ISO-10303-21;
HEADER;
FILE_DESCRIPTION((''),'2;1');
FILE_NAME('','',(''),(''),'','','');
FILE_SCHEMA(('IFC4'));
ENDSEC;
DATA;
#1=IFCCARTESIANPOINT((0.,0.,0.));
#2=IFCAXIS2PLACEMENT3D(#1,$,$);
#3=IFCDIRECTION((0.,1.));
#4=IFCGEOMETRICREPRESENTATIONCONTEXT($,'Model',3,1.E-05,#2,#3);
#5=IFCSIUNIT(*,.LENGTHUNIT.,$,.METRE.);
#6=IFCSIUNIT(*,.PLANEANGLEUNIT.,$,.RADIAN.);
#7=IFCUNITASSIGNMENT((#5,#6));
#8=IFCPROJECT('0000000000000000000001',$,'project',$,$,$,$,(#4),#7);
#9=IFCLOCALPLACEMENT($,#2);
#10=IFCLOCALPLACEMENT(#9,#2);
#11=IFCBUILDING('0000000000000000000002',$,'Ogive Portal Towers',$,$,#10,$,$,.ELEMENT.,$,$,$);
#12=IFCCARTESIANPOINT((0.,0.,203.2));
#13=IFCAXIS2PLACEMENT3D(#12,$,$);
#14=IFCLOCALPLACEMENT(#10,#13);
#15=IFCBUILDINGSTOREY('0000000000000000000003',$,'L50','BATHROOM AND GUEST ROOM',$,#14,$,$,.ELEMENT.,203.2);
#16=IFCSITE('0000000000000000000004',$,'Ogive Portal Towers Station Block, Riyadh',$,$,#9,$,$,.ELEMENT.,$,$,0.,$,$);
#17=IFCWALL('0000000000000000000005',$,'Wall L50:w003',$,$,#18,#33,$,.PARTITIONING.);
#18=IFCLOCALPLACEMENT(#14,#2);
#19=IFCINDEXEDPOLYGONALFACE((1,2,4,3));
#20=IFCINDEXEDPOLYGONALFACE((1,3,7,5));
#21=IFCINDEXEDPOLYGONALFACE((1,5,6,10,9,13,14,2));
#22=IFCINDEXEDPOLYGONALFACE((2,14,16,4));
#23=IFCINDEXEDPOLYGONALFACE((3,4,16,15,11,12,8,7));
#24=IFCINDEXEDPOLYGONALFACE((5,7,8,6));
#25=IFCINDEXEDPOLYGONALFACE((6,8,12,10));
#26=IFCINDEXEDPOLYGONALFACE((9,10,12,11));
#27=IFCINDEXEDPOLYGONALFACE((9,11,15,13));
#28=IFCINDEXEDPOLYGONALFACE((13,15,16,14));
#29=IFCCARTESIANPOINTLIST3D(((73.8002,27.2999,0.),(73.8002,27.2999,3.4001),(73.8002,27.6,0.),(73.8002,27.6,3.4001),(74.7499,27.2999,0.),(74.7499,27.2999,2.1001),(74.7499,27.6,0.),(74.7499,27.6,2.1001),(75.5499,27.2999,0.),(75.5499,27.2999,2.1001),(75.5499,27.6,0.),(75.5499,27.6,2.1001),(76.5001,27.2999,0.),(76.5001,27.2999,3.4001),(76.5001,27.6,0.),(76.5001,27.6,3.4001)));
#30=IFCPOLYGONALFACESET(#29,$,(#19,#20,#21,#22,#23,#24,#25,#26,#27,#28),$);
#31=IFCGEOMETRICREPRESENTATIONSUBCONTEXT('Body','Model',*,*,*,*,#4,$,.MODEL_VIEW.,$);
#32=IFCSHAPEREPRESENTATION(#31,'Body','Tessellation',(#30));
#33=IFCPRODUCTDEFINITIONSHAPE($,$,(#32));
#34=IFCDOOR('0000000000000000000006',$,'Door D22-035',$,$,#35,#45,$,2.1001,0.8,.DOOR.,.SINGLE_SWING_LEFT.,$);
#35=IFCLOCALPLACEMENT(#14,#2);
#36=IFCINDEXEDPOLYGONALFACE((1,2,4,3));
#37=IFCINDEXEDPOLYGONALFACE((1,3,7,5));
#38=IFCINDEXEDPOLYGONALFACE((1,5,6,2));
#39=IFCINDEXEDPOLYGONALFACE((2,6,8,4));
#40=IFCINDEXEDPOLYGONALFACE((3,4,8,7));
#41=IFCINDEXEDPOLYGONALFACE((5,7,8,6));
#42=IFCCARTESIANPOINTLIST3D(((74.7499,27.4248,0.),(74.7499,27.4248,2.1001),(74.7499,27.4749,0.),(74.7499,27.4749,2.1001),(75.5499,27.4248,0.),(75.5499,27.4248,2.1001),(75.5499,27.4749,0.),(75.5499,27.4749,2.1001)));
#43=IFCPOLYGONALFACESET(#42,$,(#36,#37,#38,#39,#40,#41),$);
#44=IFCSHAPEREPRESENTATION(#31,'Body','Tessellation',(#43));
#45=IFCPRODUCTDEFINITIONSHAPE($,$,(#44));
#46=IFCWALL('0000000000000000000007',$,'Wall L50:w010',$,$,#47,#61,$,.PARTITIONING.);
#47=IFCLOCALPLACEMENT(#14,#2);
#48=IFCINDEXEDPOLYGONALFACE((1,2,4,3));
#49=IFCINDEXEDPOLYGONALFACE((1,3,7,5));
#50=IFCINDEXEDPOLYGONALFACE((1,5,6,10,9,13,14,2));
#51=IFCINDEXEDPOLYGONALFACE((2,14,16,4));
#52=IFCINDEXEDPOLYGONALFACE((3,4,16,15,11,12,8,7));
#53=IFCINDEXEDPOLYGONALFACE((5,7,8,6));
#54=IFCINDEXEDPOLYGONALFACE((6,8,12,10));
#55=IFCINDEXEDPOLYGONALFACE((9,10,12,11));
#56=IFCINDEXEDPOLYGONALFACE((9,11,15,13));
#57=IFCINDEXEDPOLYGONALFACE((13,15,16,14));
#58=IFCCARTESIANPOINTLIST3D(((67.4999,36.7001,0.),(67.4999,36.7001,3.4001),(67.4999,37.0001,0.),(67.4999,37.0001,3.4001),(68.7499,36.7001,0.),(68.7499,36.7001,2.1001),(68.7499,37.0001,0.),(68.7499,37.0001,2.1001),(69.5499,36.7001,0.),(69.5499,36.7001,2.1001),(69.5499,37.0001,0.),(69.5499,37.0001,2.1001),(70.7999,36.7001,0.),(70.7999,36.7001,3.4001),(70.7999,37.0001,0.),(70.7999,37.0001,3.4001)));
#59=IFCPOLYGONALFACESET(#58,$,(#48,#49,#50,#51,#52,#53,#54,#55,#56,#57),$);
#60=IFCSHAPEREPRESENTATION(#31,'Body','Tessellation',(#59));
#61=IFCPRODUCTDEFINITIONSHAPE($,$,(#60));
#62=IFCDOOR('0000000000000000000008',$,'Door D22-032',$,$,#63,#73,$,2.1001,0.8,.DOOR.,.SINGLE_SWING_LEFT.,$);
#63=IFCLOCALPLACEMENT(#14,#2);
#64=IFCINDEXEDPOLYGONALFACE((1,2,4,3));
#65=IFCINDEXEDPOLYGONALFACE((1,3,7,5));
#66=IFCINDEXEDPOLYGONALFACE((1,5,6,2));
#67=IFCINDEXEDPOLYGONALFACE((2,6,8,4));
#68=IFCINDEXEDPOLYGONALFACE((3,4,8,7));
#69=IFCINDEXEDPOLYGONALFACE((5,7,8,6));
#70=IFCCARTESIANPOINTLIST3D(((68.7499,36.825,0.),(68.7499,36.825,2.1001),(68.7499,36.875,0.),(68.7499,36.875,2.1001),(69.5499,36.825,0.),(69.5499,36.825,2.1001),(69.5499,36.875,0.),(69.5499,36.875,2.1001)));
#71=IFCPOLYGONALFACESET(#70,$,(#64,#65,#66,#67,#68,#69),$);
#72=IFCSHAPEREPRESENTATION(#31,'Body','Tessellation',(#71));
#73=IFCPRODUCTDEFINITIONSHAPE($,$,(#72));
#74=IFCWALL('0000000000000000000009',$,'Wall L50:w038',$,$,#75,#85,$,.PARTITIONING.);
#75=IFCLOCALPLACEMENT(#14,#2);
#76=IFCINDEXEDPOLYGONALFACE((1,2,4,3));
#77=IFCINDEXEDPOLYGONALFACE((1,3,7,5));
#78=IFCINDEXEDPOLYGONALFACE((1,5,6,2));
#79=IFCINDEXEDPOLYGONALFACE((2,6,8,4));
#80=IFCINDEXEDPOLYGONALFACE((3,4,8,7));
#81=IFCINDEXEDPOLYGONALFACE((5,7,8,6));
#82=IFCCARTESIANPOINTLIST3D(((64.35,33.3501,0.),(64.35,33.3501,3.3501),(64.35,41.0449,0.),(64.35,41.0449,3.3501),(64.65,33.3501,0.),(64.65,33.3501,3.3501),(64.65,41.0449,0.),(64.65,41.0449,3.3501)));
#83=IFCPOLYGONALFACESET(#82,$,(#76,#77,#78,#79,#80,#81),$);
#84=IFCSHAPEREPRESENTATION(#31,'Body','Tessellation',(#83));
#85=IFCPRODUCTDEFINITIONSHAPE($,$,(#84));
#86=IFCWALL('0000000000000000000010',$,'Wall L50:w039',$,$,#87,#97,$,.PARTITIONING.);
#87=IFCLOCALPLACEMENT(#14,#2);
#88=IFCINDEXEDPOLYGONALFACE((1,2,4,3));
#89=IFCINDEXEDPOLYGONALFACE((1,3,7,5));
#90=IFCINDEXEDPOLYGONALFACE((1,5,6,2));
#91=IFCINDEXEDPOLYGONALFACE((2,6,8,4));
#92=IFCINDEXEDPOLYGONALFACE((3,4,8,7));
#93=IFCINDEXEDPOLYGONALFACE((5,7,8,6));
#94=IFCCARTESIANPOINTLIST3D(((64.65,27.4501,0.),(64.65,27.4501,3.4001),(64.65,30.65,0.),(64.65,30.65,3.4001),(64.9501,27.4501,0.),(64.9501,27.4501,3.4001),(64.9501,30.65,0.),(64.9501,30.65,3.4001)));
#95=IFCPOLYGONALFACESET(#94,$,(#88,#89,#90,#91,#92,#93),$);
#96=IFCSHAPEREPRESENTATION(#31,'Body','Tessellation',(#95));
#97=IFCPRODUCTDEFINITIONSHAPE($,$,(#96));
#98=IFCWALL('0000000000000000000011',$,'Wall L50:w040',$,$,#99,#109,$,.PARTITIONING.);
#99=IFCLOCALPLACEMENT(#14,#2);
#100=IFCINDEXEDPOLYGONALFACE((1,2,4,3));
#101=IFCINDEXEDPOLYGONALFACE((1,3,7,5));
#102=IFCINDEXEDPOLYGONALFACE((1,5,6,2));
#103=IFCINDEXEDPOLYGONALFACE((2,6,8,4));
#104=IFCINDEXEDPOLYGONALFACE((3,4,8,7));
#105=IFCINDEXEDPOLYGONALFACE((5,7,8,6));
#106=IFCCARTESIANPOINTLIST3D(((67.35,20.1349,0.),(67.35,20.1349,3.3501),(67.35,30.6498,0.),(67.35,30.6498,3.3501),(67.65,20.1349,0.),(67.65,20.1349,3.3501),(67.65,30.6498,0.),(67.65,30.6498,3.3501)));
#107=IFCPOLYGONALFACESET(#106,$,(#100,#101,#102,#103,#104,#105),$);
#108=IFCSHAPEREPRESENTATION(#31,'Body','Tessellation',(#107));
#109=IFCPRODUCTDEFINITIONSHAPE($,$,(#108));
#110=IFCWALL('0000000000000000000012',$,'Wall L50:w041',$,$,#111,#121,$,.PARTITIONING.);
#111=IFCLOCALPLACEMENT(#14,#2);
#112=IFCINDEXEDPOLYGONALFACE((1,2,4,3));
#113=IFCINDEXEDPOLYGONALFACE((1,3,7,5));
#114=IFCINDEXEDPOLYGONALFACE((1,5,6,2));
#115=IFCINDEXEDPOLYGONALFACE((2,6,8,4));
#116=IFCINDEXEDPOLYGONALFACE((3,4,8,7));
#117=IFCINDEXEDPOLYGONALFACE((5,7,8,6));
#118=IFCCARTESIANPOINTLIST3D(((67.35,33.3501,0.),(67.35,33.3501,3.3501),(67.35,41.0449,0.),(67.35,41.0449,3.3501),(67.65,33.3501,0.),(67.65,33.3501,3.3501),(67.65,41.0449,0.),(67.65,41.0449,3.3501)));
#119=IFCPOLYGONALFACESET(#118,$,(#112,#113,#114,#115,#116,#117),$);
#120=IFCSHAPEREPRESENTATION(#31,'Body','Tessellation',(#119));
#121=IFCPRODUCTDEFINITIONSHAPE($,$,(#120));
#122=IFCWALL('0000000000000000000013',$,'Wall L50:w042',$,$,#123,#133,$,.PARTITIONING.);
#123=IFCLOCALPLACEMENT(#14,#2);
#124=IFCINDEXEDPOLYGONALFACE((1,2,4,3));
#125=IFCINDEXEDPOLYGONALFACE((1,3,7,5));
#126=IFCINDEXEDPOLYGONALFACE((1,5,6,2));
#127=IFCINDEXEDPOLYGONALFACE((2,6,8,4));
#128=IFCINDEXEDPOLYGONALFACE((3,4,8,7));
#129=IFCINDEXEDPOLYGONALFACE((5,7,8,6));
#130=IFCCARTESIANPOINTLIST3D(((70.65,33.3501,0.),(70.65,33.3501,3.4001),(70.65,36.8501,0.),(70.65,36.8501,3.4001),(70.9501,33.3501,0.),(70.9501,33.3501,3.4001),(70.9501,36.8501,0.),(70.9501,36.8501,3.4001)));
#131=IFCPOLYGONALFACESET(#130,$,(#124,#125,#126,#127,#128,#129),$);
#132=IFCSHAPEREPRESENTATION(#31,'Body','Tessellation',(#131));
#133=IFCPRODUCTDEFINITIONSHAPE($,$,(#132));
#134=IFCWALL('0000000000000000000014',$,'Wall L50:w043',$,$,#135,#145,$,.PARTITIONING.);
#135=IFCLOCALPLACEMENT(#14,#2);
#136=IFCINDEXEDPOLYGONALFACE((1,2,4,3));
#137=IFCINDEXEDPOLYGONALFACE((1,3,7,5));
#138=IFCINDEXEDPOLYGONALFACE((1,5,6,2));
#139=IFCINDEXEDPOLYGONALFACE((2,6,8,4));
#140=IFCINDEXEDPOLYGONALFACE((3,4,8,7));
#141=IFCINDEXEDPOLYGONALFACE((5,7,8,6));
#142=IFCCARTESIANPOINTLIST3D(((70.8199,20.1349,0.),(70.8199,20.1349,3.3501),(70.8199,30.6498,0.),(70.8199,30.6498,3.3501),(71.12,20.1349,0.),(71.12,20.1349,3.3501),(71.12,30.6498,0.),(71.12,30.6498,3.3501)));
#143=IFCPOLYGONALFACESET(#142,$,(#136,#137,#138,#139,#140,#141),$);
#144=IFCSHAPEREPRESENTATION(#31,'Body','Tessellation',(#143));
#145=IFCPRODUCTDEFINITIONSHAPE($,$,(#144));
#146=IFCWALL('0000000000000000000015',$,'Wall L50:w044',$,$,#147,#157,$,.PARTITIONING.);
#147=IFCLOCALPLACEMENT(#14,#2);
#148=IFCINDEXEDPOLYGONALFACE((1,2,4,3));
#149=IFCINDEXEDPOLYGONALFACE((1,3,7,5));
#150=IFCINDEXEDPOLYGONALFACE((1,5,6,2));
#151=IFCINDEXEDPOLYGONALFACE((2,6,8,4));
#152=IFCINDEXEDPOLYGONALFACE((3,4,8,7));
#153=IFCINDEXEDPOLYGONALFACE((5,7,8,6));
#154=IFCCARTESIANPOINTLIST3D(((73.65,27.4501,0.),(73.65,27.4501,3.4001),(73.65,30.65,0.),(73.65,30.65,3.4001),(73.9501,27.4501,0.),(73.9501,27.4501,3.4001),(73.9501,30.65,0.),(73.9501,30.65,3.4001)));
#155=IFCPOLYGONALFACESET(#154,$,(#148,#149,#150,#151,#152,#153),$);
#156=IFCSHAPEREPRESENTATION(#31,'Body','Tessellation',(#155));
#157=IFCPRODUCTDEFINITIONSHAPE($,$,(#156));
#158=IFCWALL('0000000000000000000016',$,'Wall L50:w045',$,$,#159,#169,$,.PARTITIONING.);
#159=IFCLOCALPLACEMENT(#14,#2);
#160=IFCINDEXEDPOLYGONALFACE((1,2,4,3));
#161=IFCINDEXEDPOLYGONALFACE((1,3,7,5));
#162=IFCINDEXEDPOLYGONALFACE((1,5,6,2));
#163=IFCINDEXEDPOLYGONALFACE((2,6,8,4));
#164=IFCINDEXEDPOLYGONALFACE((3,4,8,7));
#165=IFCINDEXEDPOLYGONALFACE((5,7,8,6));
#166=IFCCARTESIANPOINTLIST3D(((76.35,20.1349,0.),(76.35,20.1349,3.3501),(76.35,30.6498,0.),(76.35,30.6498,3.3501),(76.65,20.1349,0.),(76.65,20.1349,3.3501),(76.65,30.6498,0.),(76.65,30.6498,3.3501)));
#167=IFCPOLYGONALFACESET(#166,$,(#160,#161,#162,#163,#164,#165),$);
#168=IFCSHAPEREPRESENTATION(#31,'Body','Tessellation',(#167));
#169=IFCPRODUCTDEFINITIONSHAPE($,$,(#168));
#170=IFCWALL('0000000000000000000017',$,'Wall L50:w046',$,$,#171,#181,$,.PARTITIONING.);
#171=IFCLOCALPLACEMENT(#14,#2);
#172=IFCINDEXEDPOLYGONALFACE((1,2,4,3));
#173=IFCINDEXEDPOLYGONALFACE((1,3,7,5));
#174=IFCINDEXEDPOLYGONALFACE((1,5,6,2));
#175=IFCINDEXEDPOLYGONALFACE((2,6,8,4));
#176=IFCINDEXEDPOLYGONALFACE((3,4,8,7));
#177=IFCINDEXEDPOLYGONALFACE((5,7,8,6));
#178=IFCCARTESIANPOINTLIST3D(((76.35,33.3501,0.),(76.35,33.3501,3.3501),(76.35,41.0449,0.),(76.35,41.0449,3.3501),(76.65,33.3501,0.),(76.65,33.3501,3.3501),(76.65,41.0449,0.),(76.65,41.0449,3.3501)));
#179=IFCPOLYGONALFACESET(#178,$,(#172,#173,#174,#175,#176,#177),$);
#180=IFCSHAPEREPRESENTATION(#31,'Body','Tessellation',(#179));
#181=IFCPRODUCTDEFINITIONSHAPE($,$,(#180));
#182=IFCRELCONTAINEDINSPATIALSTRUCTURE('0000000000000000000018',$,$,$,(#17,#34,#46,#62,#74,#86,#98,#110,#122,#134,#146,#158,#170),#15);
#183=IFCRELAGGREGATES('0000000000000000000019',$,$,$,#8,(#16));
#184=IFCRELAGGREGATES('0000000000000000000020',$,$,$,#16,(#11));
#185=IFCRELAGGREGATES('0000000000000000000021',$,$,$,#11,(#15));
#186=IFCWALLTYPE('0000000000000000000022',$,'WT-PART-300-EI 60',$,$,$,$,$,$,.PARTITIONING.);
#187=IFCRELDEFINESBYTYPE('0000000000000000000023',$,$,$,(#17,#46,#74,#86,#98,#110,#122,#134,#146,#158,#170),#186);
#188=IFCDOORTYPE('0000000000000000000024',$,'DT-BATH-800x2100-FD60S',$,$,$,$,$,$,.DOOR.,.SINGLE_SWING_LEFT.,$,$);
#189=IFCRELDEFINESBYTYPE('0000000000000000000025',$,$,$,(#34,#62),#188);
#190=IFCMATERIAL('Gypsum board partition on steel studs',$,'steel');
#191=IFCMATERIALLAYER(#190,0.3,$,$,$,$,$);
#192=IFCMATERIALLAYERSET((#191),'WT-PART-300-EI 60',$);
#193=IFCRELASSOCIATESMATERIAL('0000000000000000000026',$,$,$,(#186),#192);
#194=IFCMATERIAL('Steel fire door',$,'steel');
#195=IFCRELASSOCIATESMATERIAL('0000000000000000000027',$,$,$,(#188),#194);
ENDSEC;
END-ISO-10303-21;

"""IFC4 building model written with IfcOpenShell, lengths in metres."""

from ifc_helpers import new_model, si_unit, direction, frame, frame_2d, origin, place, context, subcontext, project, spatial, rectangle, extrude, material, layer, layer_set, type_object, element, fill, save


model = new_model("IFC4")

# Units and contexts
model_context = context("Model", 3, precision=1e-05, world=origin(), true_north=direction((0.0, 1.0)))
body_context = subcontext(model_context, "Body", "Model", "MODEL_VIEW")
ifc_project = project(units=[si_unit("LENGTHUNIT", "METRE"), si_unit("PLANEANGLEUNIT", "RADIAN")], contexts=[model_context])

# Site, building, storey
site_placement = place(None, origin())
site = spatial("IfcSite", under=ifc_project, at=site_placement, Name="Ogive Portal Towers Station Block, Riyadh", CompositionType="ELEMENT", RefElevation=0.0)
building_placement = place(site_placement, origin())
building = spatial("IfcBuilding", under=site, at=building_placement, Name="Ogive Portal Towers", CompositionType="ELEMENT")
storey_placement = place(building_placement, frame((0.0, 0.0, 203.2)))
storey = spatial("IfcBuildingStorey", under=building, at=storey_placement, Name="L50", Description="BATHROOM AND GUEST ROOM", CompositionType="ELEMENT", Elevation=203.2)

# Walls, openings, doors
ifc_material_1 = material(Name="Gypsum board partition on steel studs", Category="steel")
ifc_layer_1 = layer(ifc_material_1, 0.3)
ifc_layer_set_1 = layer_set([ifc_layer_1], Name="WT-PART-300-EI 60")
wall_type = type_object("IfcWallType", Name="WT-PART-300-EI 60", PredefinedType="PARTITIONING", material=ifc_layer_set_1)
ifc_material_2 = material(Name="Steel fire door", Category="steel")
door_type = type_object("IfcDoorType", Name="DT-BATH-800x2100-FD60S", OperationType="SINGLE_SWING_LEFT", PredefinedType="DOOR", material=ifc_material_2)
wall_1_placement = place(storey_placement, frame((73.8, 27.45, 0.0), z_axis=(0.0, 0.0, 1.0), x_axis=(1.0, 0.0, 0.0)))
wall_1 = element("IfcWall", 1, at=wall_1_placement, inside=storey, type_object=wall_type, Name="Wall L50:w003", PredefinedType="PARTITIONING", context=body_context, shape_type="SweptSolid", body=[
    extrude(rectangle(XDim=2.7, YDim=0.3, at=frame_2d((1.3501, 0.0))), origin(), (0.0, 0.0, 1.0), 3.4001),
])
opening_1_placement = place(wall_1_placement, frame((0.95, 0.0, 0.0)))
opening_1 = element("IfcOpeningElement", 2, at=opening_1_placement, cuts=wall_1, PredefinedType="OPENING", context=body_context, shape_type="SweptSolid", body=[
    extrude(rectangle(XDim=0.8, YDim=2.1001, at=frame_2d((0.3999, 1.05))), frame((0.0, 0.1602, 0.0), z_axis=(0.0, -1.0, 0.0), x_axis=(1.0, 0.0, 0.0)), (0.0, 0.0, 1.0), 0.3201),
])
door_1_placement = place(opening_1_placement, origin())
door_1 = element("IfcDoor", 3, at=door_1_placement, inside=storey, type_object=door_type, Name="Door D22-035", OperationType="SINGLE_SWING_LEFT", OverallHeight=2.1001, OverallWidth=0.8, PredefinedType="DOOR", context=body_context, shape_type="SweptSolid", body=[
    extrude(rectangle(XDim=0.8, YDim=2.1001, at=frame_2d((0.3999, 1.05))), frame((0.0, 0.0249, 0.0), z_axis=(0.0, -1.0, 0.0), x_axis=(1.0, 0.0, 0.0)), (0.0, 0.0, 1.0), 0.05),
])
fill(opening_1, door_1)
wall_2_placement = place(storey_placement, frame((67.5, 36.8501, 0.0), z_axis=(0.0, 0.0, 1.0), x_axis=(1.0, 0.0, 0.0)))
wall_2 = element("IfcWall", 4, at=wall_2_placement, inside=storey, type_object=wall_type, Name="Wall L50:w010", PredefinedType="PARTITIONING", context=body_context, shape_type="SweptSolid", body=[
    extrude(rectangle(XDim=3.3, YDim=0.3, at=frame_2d((1.6499, 0.0))), origin(), (0.0, 0.0, 1.0), 3.4001),
])
opening_2_placement = place(wall_2_placement, frame((1.25, 0.0, 0.0)))
opening_2 = element("IfcOpeningElement", 5, at=opening_2_placement, cuts=wall_2, PredefinedType="OPENING", context=body_context, shape_type="SweptSolid", body=[
    extrude(rectangle(XDim=0.8, YDim=2.1001, at=frame_2d((0.3999, 1.05))), frame((0.0, 0.1602, 0.0), z_axis=(0.0, -1.0, 0.0), x_axis=(1.0, 0.0, 0.0)), (0.0, 0.0, 1.0), 0.3201),
])
door_2_placement = place(opening_2_placement, origin())
door_2 = element("IfcDoor", 6, at=door_2_placement, inside=storey, type_object=door_type, Name="Door D22-032", OperationType="SINGLE_SWING_LEFT", OverallHeight=2.1001, OverallWidth=0.8, PredefinedType="DOOR", context=body_context, shape_type="SweptSolid", body=[
    extrude(rectangle(XDim=0.8, YDim=2.1001, at=frame_2d((0.3999, 1.05))), frame((0.0, 0.0249, 0.0), z_axis=(0.0, -1.0, 0.0), x_axis=(1.0, 0.0, 0.0)), (0.0, 0.0, 1.0), 0.05),
])
fill(opening_2, door_2)

# Walls
wall_3_placement = place(storey_placement, frame((64.5, 33.3501, 0.0), z_axis=(0.0, 0.0, 1.0), x_axis=(0.0, 1.0, 0.0)))
element("IfcWall", 7, at=wall_3_placement, inside=storey, type_object=wall_type, Name="Wall L50:w038", PredefinedType="PARTITIONING", context=body_context, shape_type="SweptSolid", body=[
    extrude(rectangle(XDim=7.6948, YDim=0.3, at=frame_2d((3.8474, 0.0))), origin(), (0.0, 0.0, 1.0), 3.3501),
])
wall_4_placement = place(storey_placement, frame((64.8, 27.45, 0.0), z_axis=(0.0, 0.0, 1.0), x_axis=(0.0, 1.0, 0.0)))
element("IfcWall", 8, at=wall_4_placement, inside=storey, type_object=wall_type, Name="Wall L50:w039", PredefinedType="PARTITIONING", context=body_context, shape_type="SweptSolid", body=[
    extrude(rectangle(XDim=3.2, YDim=0.3, at=frame_2d((1.6001, 0.0))), origin(), (0.0, 0.0, 1.0), 3.4001),
])
wall_5_placement = place(storey_placement, frame((67.5, 20.135, 0.0), z_axis=(0.0, 0.0, 1.0), x_axis=(0.0, 1.0, 0.0)))
element("IfcWall", 9, at=wall_5_placement, inside=storey, type_object=wall_type, Name="Wall L50:w040", PredefinedType="PARTITIONING", context=body_context, shape_type="SweptSolid", body=[
    extrude(rectangle(XDim=10.5149, YDim=0.3, at=frame_2d((5.2573, 0.0))), origin(), (0.0, 0.0, 1.0), 3.3501),
])
wall_6_placement = place(storey_placement, frame((67.5, 33.3501, 0.0), z_axis=(0.0, 0.0, 1.0), x_axis=(0.0, 1.0, 0.0)))
element("IfcWall", 10, at=wall_6_placement, inside=storey, type_object=wall_type, Name="Wall L50:w041", PredefinedType="PARTITIONING", context=body_context, shape_type="SweptSolid", body=[
    extrude(rectangle(XDim=7.6948, YDim=0.3, at=frame_2d((3.8474, 0.0))), origin(), (0.0, 0.0, 1.0), 3.3501),
])
wall_7_placement = place(storey_placement, frame((70.8, 33.3501, 0.0), z_axis=(0.0, 0.0, 1.0), x_axis=(0.0, 1.0, 0.0)))
element("IfcWall", 11, at=wall_7_placement, inside=storey, type_object=wall_type, Name="Wall L50:w042", PredefinedType="PARTITIONING", context=body_context, shape_type="SweptSolid", body=[
    extrude(rectangle(XDim=3.5, YDim=0.3, at=frame_2d((1.75, 0.0))), origin(), (0.0, 0.0, 1.0), 3.4001),
])
wall_8_placement = place(storey_placement, frame((70.97, 20.135, 0.0), z_axis=(0.0, 0.0, 1.0), x_axis=(0.0, 1.0, 0.0)))
element("IfcWall", 12, at=wall_8_placement, inside=storey, type_object=wall_type, Name="Wall L50:w043", PredefinedType="PARTITIONING", context=body_context, shape_type="SweptSolid", body=[
    extrude(rectangle(XDim=10.5149, YDim=0.3, at=frame_2d((5.2573, 0.0))), origin(), (0.0, 0.0, 1.0), 3.3501),
])
wall_9_placement = place(storey_placement, frame((73.8, 27.45, 0.0), z_axis=(0.0, 0.0, 1.0), x_axis=(0.0, 1.0, 0.0)))
element("IfcWall", 13, at=wall_9_placement, inside=storey, type_object=wall_type, Name="Wall L50:w044", PredefinedType="PARTITIONING", context=body_context, shape_type="SweptSolid", body=[
    extrude(rectangle(XDim=3.2, YDim=0.3, at=frame_2d((1.6001, 0.0))), origin(), (0.0, 0.0, 1.0), 3.4001),
])
wall_10_placement = place(storey_placement, frame((76.5, 20.135, 0.0), z_axis=(0.0, 0.0, 1.0), x_axis=(0.0, 1.0, 0.0)))
element("IfcWall", 14, at=wall_10_placement, inside=storey, type_object=wall_type, Name="Wall L50:w045", PredefinedType="PARTITIONING", context=body_context, shape_type="SweptSolid", body=[
    extrude(rectangle(XDim=10.5149, YDim=0.3, at=frame_2d((5.2573, 0.0))), origin(), (0.0, 0.0, 1.0), 3.3501),
])
wall_11_placement = place(storey_placement, frame((76.5, 33.3501, 0.0), z_axis=(0.0, 0.0, 1.0), x_axis=(0.0, 1.0, 0.0)))
element("IfcWall", 15, at=wall_11_placement, inside=storey, type_object=wall_type, Name="Wall L50:w046", PredefinedType="PARTITIONING", context=body_context, shape_type="SweptSolid", body=[
    extrude(rectangle(XDim=7.6948, YDim=0.3, at=frame_2d((3.8474, 0.0))), origin(), (0.0, 0.0, 1.0), 3.3501),
])

save(model, "model.ifc")
